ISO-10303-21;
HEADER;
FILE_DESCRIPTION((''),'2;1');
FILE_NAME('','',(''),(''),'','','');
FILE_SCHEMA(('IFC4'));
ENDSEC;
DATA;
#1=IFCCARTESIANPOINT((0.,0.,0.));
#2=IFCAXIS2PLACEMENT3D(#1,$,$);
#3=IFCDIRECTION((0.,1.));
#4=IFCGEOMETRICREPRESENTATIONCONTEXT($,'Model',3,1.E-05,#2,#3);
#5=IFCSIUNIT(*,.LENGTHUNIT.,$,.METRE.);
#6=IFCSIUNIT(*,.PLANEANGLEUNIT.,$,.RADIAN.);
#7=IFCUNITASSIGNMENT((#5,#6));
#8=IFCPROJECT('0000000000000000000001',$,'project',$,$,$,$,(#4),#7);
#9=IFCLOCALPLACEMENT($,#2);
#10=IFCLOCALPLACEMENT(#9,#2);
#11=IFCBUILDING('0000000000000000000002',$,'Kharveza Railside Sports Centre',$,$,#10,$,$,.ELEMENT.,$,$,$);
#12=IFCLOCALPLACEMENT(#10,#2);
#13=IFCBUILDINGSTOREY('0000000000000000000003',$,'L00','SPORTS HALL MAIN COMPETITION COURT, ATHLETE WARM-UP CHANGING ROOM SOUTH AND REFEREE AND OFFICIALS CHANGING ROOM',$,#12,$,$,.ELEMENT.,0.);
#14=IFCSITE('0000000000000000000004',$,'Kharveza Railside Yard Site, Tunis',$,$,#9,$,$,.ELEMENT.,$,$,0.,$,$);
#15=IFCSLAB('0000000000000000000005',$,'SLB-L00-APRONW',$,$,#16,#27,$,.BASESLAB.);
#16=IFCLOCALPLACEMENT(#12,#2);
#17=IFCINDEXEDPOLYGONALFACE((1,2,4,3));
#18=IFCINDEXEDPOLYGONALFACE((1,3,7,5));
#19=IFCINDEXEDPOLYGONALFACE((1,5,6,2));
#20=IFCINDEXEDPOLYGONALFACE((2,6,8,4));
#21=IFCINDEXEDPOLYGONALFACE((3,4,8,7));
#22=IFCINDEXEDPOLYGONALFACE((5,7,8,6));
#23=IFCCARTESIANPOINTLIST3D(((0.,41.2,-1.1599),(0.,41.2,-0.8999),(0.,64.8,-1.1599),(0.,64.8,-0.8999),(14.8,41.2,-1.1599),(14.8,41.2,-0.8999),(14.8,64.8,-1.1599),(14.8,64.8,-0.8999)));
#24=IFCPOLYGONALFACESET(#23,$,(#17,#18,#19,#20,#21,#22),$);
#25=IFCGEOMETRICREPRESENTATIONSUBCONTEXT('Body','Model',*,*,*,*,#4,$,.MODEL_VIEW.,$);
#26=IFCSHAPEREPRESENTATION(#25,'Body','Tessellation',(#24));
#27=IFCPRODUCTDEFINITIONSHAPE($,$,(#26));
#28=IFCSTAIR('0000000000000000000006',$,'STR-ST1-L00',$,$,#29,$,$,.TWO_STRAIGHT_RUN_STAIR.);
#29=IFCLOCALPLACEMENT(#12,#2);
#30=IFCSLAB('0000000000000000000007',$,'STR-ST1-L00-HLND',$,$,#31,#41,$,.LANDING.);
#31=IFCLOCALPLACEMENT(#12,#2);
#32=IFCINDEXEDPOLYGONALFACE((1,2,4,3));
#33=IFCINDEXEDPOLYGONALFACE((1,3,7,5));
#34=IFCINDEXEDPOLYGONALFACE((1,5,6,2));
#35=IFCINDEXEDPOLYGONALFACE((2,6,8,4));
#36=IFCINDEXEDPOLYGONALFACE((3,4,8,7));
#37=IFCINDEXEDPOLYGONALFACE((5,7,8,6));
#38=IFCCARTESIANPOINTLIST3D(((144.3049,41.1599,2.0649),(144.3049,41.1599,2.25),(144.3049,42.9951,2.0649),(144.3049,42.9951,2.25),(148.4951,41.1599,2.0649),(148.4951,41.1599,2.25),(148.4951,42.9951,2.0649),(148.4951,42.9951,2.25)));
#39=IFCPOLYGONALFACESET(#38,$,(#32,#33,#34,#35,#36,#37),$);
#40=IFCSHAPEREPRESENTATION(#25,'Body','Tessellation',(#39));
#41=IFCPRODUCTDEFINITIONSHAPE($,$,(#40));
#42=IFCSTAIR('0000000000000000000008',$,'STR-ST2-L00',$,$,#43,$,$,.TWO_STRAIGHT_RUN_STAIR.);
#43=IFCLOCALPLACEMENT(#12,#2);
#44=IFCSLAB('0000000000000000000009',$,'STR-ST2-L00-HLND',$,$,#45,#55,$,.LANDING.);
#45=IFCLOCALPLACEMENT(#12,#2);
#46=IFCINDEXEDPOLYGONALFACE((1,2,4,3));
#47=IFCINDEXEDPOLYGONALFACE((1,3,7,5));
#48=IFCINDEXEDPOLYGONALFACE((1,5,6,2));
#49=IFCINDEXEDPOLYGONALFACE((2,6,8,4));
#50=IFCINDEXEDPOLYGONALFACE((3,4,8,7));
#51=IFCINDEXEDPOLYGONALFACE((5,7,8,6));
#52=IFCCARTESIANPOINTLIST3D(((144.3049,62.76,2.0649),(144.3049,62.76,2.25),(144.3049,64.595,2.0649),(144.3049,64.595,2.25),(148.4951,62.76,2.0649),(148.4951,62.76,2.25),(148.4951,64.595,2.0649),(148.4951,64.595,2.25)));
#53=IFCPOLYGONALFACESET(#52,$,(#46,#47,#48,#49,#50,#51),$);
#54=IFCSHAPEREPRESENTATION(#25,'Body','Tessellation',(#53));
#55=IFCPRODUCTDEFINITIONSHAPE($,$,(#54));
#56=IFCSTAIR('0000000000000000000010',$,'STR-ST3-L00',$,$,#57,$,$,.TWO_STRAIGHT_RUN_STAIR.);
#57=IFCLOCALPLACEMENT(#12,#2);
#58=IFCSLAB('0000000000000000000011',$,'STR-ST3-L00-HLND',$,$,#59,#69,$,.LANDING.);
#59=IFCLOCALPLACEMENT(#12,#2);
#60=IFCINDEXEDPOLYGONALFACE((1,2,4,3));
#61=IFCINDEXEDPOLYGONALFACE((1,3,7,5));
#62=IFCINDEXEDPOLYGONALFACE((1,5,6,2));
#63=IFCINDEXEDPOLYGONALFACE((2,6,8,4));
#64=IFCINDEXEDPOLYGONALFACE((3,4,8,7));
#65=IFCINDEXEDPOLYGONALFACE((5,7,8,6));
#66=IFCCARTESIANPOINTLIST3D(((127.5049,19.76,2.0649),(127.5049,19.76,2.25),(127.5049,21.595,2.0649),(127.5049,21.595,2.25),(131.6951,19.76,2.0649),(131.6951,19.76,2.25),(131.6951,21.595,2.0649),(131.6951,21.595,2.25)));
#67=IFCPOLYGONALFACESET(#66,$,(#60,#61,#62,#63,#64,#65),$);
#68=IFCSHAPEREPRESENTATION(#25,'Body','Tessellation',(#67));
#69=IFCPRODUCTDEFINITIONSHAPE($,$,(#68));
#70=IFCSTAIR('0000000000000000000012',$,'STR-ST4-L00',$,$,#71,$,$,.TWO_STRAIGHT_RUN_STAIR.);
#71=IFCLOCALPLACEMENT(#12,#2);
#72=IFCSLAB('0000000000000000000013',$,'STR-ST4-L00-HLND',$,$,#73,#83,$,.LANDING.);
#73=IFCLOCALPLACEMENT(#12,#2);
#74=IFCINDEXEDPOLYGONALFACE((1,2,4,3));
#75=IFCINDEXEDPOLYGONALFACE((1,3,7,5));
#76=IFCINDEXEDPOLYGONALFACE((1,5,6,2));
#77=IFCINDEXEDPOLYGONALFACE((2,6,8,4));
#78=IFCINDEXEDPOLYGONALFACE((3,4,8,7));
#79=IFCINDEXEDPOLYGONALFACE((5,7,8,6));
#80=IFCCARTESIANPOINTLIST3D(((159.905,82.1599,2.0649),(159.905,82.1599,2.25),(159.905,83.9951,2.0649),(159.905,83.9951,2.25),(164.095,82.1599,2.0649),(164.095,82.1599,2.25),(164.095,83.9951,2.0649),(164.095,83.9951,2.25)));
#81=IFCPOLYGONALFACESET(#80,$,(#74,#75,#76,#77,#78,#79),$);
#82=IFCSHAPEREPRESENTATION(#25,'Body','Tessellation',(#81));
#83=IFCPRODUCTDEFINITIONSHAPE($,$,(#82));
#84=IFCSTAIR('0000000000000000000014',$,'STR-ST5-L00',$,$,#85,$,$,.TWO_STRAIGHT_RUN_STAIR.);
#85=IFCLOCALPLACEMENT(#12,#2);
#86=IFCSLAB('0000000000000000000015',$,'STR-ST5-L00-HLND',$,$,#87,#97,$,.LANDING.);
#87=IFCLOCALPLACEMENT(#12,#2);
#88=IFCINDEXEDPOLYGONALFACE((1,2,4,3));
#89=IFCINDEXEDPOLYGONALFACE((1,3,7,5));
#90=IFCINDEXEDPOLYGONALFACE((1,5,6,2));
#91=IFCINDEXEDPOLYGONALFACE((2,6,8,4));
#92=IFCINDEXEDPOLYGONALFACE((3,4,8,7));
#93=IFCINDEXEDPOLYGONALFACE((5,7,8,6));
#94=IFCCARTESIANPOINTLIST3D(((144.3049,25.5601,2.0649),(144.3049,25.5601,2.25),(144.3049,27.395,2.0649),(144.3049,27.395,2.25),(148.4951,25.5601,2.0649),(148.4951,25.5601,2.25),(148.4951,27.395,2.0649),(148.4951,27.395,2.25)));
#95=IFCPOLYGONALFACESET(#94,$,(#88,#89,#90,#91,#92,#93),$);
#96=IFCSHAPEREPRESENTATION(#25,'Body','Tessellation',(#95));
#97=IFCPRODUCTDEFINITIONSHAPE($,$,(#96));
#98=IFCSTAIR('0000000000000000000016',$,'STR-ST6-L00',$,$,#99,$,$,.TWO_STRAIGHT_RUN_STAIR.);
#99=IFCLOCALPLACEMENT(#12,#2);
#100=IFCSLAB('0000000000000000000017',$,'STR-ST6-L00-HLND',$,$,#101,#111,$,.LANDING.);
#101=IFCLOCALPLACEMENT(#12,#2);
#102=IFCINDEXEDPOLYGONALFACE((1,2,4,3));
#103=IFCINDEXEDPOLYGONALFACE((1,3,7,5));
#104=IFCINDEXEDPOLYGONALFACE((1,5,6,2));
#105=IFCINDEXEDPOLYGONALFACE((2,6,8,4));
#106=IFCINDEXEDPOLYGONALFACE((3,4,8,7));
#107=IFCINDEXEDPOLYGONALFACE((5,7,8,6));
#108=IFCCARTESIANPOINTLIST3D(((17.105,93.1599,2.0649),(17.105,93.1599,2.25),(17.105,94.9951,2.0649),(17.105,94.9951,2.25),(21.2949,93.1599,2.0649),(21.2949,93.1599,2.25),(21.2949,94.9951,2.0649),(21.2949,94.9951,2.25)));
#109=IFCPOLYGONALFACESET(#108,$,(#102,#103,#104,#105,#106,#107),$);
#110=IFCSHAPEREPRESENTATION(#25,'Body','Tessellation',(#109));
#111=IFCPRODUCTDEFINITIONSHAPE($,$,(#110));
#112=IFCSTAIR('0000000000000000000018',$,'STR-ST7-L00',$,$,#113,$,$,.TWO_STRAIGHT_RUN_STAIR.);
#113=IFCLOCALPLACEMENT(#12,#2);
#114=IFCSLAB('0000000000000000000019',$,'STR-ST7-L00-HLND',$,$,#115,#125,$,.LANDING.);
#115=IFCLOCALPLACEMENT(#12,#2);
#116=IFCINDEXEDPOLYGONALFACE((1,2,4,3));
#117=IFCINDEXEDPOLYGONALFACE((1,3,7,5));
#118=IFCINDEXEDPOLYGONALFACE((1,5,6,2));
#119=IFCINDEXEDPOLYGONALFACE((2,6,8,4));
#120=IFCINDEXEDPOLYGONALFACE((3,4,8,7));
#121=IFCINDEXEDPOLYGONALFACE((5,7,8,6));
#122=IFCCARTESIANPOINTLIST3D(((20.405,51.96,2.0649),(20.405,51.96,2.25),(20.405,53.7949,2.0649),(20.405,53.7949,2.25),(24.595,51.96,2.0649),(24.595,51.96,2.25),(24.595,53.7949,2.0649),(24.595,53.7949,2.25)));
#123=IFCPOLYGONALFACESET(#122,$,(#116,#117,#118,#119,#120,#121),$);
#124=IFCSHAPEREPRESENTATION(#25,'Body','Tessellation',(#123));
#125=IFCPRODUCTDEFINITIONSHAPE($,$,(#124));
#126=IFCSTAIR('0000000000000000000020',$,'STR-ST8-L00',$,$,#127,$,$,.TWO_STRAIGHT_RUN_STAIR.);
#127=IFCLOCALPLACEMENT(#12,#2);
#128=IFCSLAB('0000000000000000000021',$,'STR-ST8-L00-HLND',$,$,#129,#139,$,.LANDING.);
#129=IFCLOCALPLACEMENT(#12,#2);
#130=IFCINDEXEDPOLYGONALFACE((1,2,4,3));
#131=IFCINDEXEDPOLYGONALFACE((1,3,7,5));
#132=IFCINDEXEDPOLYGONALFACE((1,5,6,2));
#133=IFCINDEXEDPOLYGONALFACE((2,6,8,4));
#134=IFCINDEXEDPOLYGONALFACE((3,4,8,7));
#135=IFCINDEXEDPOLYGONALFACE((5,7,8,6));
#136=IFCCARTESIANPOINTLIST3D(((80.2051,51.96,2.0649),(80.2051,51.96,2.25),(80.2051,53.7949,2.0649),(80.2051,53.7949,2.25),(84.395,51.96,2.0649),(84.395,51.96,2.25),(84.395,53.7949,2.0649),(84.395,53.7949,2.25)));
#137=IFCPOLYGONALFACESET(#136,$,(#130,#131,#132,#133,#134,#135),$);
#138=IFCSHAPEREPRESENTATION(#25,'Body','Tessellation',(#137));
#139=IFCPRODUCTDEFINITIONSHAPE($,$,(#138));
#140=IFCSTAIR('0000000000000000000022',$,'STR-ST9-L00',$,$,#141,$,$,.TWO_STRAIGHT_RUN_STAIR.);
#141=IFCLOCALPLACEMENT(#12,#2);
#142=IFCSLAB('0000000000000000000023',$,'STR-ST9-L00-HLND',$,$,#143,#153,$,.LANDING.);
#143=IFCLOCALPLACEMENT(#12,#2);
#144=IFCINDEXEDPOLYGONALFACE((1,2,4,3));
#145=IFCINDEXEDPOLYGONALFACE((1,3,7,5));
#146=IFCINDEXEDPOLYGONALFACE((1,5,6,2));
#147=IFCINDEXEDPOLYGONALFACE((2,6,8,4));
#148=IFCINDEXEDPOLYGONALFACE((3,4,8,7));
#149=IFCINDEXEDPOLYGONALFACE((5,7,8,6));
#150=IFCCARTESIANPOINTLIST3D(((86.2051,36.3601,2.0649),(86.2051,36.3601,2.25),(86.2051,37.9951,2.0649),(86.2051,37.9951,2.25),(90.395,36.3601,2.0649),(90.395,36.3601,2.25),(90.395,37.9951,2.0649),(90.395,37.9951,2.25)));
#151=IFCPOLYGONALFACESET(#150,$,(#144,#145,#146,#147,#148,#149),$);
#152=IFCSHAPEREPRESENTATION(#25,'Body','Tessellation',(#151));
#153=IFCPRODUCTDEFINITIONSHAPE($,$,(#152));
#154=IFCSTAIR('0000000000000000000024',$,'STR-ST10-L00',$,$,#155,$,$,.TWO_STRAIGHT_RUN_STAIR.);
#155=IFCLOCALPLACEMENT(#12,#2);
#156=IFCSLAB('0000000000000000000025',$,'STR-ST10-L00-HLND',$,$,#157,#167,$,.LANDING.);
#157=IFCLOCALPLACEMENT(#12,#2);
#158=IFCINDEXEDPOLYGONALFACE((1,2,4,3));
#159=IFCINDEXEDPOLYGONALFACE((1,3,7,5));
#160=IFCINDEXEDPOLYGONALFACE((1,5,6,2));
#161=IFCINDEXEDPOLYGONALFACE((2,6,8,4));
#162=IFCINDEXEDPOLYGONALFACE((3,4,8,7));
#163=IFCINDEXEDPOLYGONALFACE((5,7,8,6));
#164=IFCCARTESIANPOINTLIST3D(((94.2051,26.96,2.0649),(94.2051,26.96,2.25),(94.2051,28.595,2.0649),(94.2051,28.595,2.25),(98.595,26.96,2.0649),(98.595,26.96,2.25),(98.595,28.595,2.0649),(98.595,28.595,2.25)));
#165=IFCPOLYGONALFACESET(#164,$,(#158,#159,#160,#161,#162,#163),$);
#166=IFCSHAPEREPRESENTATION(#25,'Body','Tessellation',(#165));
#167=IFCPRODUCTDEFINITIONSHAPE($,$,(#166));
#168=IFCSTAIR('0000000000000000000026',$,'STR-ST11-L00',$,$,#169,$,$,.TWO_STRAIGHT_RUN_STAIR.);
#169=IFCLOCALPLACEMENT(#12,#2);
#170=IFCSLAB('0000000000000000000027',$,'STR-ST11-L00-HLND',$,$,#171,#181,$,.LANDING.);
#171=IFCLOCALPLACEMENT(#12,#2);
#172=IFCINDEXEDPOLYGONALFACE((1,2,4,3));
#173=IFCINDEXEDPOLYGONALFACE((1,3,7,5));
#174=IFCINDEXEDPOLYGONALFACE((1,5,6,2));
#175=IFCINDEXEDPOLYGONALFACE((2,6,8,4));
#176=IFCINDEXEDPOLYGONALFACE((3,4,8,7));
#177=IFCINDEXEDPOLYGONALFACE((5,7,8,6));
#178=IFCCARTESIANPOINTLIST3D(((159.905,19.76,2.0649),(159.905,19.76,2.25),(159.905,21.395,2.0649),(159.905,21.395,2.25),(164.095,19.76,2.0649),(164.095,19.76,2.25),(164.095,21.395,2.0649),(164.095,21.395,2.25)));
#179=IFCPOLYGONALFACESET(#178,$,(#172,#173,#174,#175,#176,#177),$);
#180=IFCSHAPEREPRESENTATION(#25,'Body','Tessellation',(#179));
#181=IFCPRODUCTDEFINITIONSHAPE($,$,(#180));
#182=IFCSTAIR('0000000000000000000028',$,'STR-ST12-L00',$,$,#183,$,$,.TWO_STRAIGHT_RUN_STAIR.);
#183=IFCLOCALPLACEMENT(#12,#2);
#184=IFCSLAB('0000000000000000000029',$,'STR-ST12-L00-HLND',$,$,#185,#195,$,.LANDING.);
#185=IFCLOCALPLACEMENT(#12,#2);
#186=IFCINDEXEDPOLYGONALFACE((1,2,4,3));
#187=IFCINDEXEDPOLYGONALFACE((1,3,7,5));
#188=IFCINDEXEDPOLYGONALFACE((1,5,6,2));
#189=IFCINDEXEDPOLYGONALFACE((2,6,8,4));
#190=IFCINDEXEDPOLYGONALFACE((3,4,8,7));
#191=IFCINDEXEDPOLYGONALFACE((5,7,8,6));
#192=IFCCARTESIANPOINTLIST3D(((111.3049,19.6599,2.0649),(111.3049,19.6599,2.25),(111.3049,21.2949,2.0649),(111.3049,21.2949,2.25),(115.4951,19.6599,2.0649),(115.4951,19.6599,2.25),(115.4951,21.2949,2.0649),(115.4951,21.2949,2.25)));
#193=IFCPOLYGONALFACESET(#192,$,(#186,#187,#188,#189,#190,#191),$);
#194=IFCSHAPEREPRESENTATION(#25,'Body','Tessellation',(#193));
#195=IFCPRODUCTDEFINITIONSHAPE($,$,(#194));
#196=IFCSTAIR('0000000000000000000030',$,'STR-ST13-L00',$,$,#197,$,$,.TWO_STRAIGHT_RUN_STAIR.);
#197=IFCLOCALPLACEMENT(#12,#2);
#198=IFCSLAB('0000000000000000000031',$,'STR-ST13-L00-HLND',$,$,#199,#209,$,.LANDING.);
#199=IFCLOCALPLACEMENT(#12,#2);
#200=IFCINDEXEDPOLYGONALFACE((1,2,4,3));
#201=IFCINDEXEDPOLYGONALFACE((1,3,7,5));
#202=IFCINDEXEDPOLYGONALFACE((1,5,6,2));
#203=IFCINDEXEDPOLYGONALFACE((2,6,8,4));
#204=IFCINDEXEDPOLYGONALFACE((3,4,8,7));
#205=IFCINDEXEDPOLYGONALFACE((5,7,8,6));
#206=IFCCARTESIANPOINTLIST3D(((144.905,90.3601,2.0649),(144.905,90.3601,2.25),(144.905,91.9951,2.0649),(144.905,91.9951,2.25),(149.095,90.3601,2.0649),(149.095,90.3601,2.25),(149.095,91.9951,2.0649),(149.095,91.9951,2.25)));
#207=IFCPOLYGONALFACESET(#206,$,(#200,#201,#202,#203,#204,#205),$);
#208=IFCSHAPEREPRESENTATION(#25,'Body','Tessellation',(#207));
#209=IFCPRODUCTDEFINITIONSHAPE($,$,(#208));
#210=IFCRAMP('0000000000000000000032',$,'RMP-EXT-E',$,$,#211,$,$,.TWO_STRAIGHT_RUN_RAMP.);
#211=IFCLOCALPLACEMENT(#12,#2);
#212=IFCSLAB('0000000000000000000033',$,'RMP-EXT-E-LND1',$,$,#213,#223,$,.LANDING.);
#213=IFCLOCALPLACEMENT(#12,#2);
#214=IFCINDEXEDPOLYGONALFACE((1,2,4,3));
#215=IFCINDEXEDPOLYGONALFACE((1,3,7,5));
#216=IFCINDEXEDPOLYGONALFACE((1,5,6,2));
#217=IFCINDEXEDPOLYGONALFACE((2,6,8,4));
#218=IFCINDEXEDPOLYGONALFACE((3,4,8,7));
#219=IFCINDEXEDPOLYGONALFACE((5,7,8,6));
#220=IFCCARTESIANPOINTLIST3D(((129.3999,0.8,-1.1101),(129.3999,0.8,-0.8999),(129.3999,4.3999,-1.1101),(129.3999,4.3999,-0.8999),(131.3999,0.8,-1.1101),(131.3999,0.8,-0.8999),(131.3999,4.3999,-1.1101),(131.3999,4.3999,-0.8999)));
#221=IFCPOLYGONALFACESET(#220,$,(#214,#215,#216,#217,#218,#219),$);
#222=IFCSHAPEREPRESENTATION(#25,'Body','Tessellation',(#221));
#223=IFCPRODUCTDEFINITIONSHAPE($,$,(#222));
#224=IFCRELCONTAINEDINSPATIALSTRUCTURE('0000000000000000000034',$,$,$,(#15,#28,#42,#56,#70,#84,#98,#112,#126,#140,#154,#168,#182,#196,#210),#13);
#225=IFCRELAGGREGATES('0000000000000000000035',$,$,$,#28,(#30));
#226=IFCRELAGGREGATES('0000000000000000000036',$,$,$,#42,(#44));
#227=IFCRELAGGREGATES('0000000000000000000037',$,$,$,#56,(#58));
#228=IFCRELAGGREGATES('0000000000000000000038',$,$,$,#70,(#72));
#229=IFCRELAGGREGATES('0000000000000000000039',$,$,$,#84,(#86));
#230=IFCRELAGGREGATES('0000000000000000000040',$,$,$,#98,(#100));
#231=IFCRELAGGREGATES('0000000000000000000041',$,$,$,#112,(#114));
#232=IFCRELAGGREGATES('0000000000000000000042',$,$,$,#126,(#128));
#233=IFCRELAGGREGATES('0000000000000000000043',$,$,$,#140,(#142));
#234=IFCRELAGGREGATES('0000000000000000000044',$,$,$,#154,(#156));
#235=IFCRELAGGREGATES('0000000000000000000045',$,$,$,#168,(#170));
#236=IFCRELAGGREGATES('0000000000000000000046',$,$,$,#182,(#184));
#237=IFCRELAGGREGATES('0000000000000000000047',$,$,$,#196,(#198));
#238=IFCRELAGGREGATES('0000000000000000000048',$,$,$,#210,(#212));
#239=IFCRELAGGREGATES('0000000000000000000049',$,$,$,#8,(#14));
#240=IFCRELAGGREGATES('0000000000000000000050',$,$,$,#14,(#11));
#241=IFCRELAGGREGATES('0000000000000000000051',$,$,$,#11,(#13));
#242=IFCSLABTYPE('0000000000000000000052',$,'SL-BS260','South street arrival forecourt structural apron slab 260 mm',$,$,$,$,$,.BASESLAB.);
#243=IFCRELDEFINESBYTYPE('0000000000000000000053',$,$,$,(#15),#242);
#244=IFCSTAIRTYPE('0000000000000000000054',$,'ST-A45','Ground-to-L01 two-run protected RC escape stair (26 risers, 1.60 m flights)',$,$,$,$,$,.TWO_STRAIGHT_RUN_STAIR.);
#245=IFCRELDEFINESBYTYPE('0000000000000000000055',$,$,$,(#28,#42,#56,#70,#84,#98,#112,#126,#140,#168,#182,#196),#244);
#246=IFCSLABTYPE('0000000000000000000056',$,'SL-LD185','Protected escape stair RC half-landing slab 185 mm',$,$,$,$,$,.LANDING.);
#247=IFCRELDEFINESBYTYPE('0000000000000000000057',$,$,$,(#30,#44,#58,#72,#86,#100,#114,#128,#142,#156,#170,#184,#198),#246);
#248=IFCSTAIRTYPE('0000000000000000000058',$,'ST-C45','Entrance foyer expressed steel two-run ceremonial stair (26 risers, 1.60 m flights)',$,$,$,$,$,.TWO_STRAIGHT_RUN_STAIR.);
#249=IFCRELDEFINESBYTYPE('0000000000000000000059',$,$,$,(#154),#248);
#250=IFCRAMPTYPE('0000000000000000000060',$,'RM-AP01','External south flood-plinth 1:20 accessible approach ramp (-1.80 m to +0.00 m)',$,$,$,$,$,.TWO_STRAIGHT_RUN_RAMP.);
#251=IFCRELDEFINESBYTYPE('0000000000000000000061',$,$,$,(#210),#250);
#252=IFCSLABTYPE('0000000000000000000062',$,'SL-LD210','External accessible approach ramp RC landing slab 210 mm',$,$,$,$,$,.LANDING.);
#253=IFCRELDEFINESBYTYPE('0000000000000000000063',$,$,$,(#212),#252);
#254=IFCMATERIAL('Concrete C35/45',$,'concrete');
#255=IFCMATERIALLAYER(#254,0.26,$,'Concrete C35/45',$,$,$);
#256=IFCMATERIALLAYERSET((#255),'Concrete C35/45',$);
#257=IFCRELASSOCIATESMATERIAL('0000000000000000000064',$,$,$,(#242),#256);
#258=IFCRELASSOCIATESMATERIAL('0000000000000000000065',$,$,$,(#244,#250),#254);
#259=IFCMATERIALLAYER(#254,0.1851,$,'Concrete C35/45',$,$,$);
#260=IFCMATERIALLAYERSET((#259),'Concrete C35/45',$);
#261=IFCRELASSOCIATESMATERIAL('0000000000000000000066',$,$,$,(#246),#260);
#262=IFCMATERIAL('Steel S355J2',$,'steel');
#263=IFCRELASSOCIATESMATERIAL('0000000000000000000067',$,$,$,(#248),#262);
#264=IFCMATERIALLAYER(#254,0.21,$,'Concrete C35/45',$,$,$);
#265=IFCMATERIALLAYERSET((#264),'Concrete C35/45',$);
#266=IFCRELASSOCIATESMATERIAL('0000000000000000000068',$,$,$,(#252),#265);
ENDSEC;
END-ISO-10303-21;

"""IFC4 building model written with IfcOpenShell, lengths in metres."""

from ifc_helpers import new_model, si_unit, direction, frame, origin, place, context, subcontext, project, spatial, polyline, outline, extrude, material, layer, layer_set, type_object, element, aggregate, save


model = new_model("IFC4")

# Units and contexts
model_context = context("Model", 3, precision=1e-05, world=origin(), true_north=direction((0.0, 1.0)))
body_context = subcontext(model_context, "Body", "Model", "MODEL_VIEW")
ifc_project = project(units=[si_unit("LENGTHUNIT", "METRE"), si_unit("PLANEANGLEUNIT", "RADIAN")], contexts=[model_context])

# Site, building, storey
site_placement = place(None, origin())
site = spatial("IfcSite", under=ifc_project, at=site_placement, Name="Kharveza Railside Yard Site, Tunis", CompositionType="ELEMENT", RefElevation=0.0)
building_placement = place(site_placement, origin())
building = spatial("IfcBuilding", under=site, at=building_placement, Name="Kharveza Railside Sports Centre", CompositionType="ELEMENT")
storey_placement = place(building_placement, origin())
storey = spatial("IfcBuildingStorey", under=building, at=storey_placement, Name="L00", Description="SPORTS HALL MAIN COMPETITION COURT, ATHLETE WARM-UP CHANGING ROOM SOUTH AND REFEREE AND OFFICIALS CHANGING ROOM", CompositionType="ELEMENT", Elevation=0.0)

# Slab
ifc_material_1 = material(Name="Concrete C35/45", Category="concrete")
ifc_layer_1 = layer(ifc_material_1, 0.26, Name="Concrete C35/45")
ifc_layer_set_1 = layer_set([ifc_layer_1], Name="Concrete C35/45")
slab_type_1 = type_object("IfcSlabType", Name="SL-BS260", Description="South street arrival forecourt structural apron slab 260 mm", PredefinedType="BASESLAB", material=ifc_layer_set_1)
slab_1_placement = place(storey_placement, frame((0.0, 0.0, -1.1599)))
element("IfcSlab", 1, at=slab_1_placement, inside=storey, type_object=slab_type_1, Name="SLB-L00-APRONW", PredefinedType="BASESLAB", context=body_context, shape_type="SweptSolid", body=[
    extrude(outline(polyline([(0.0, 41.2), (14.8, 41.2), (14.8, 64.8), (0.0, 64.8), (0.0, 41.2)])), origin(), (0.0, 0.0, 1.0), 0.26),
])

# Stairs, slabs
stair_type_1 = type_object("IfcStairType", Name="ST-A45", Description="Ground-to-L01 two-run protected RC escape stair (26 risers, 1.60 m flights)", PredefinedType="TWO_STRAIGHT_RUN_STAIR", material=ifc_material_1)
stair_1_placement = place(storey_placement, origin())
stair_1 = element("IfcStair", 2, at=stair_1_placement, inside=storey, type_object=stair_type_1, Name="STR-ST1-L00", PredefinedType="TWO_STRAIGHT_RUN_STAIR")
ifc_layer_2 = layer(ifc_material_1, 0.1851, Name="Concrete C35/45")
ifc_layer_set_2 = layer_set([ifc_layer_2], Name="Concrete C35/45")
slab_type_2 = type_object("IfcSlabType", Name="SL-LD185", Description="Protected escape stair RC half-landing slab 185 mm", PredefinedType="LANDING", material=ifc_layer_set_2)
slab_2_placement = place(storey_placement, frame((0.0, 0.0, 2.0649)))
slab_2 = element("IfcSlab", 3, at=slab_2_placement, type_object=slab_type_2, Name="STR-ST1-L00-HLND", PredefinedType="LANDING", context=body_context, shape_type="SweptSolid", body=[
    extrude(outline(polyline([(144.3049, 41.1599), (148.4951, 41.1599), (148.4951, 42.9951), (144.3049, 42.9951), (144.3049, 41.1599)])), origin(), (0.0, 0.0, 1.0), 0.1851),
])
aggregate(stair_1, [slab_2])
stair_2_placement = place(storey_placement, origin())
stair_2 = element("IfcStair", 4, at=stair_2_placement, inside=storey, type_object=stair_type_1, Name="STR-ST2-L00", PredefinedType="TWO_STRAIGHT_RUN_STAIR")
slab_3_placement = place(storey_placement, frame((0.0, 0.0, 2.0649)))
slab_3 = element("IfcSlab", 5, at=slab_3_placement, type_object=slab_type_2, Name="STR-ST2-L00-HLND", PredefinedType="LANDING", context=body_context, shape_type="SweptSolid", body=[
    extrude(outline(polyline([(144.3049, 62.76), (148.4951, 62.76), (148.4951, 64.595), (144.3049, 64.595), (144.3049, 62.76)])), origin(), (0.0, 0.0, 1.0), 0.1851),
])
aggregate(stair_2, [slab_3])
stair_3_placement = place(storey_placement, origin())
stair_3 = element("IfcStair", 6, at=stair_3_placement, inside=storey, type_object=stair_type_1, Name="STR-ST3-L00", PredefinedType="TWO_STRAIGHT_RUN_STAIR")
slab_4_placement = place(storey_placement, frame((0.0, 0.0, 2.0649)))
slab_4 = element("IfcSlab", 7, at=slab_4_placement, type_object=slab_type_2, Name="STR-ST3-L00-HLND", PredefinedType="LANDING", context=body_context, shape_type="SweptSolid", body=[
    extrude(outline(polyline([(127.5049, 19.76), (131.6951, 19.76), (131.6951, 21.595), (127.5049, 21.595), (127.5049, 19.76)])), origin(), (0.0, 0.0, 1.0), 0.1851),
])
aggregate(stair_3, [slab_4])
stair_4_placement = place(storey_placement, origin())
stair_4 = element("IfcStair", 8, at=stair_4_placement, inside=storey, type_object=stair_type_1, Name="STR-ST4-L00", PredefinedType="TWO_STRAIGHT_RUN_STAIR")
slab_5_placement = place(storey_placement, frame((0.0, 0.0, 2.0649)))
slab_5 = element("IfcSlab", 9, at=slab_5_placement, type_object=slab_type_2, Name="STR-ST4-L00-HLND", PredefinedType="LANDING", context=body_context, shape_type="SweptSolid", body=[
    extrude(outline(polyline([(159.905, 82.1599), (164.095, 82.1599), (164.095, 83.9951), (159.905, 83.9951), (159.905, 82.1599)])), origin(), (0.0, 0.0, 1.0), 0.1851),
])
aggregate(stair_4, [slab_5])
stair_5_placement = place(storey_placement, origin())
stair_5 = element("IfcStair", 10, at=stair_5_placement, inside=storey, type_object=stair_type_1, Name="STR-ST5-L00", PredefinedType="TWO_STRAIGHT_RUN_STAIR")
slab_6_placement = place(storey_placement, frame((0.0, 0.0, 2.0649)))
slab_6 = element("IfcSlab", 11, at=slab_6_placement, type_object=slab_type_2, Name="STR-ST5-L00-HLND", PredefinedType="LANDING", context=body_context, shape_type="SweptSolid", body=[
    extrude(outline(polyline([(144.3049, 25.5601), (148.4951, 25.5601), (148.4951, 27.395), (144.3049, 27.395), (144.3049, 25.5601)])), origin(), (0.0, 0.0, 1.0), 0.1851),
])
aggregate(stair_5, [slab_6])
stair_6_placement = place(storey_placement, origin())
stair_6 = element("IfcStair", 12, at=stair_6_placement, inside=storey, type_object=stair_type_1, Name="STR-ST6-L00", PredefinedType="TWO_STRAIGHT_RUN_STAIR")
slab_7_placement = place(storey_placement, frame((0.0, 0.0, 2.0649)))
slab_7 = element("IfcSlab", 13, at=slab_7_placement, type_object=slab_type_2, Name="STR-ST6-L00-HLND", PredefinedType="LANDING", context=body_context, shape_type="SweptSolid", body=[
    extrude(outline(polyline([(17.105, 93.1599), (21.2949, 93.1599), (21.2949, 94.9951), (17.105, 94.9951), (17.105, 93.1599)])), origin(), (0.0, 0.0, 1.0), 0.1851),
])
aggregate(stair_6, [slab_7])
stair_7_placement = place(storey_placement, origin())
stair_7 = element("IfcStair", 14, at=stair_7_placement, inside=storey, type_object=stair_type_1, Name="STR-ST7-L00", PredefinedType="TWO_STRAIGHT_RUN_STAIR")
slab_8_placement = place(storey_placement, frame((0.0, 0.0, 2.0649)))
slab_8 = element("IfcSlab", 15, at=slab_8_placement, type_object=slab_type_2, Name="STR-ST7-L00-HLND", PredefinedType="LANDING", context=body_context, shape_type="SweptSolid", body=[
    extrude(outline(polyline([(20.405, 51.96), (24.595, 51.96), (24.595, 53.7949), (20.405, 53.7949), (20.405, 51.96)])), origin(), (0.0, 0.0, 1.0), 0.1851),
])
aggregate(stair_7, [slab_8])
stair_8_placement = place(storey_placement, origin())
stair_8 = element("IfcStair", 16, at=stair_8_placement, inside=storey, type_object=stair_type_1, Name="STR-ST8-L00", PredefinedType="TWO_STRAIGHT_RUN_STAIR")
slab_9_placement = place(storey_placement, frame((0.0, 0.0, 2.0649)))
slab_9 = element("IfcSlab", 17, at=slab_9_placement, type_object=slab_type_2, Name="STR-ST8-L00-HLND", PredefinedType="LANDING", context=body_context, shape_type="SweptSolid", body=[
    extrude(outline(polyline([(80.2051, 51.96), (84.395, 51.96), (84.395, 53.7949), (80.2051, 53.7949), (80.2051, 51.96)])), origin(), (0.0, 0.0, 1.0), 0.1851),
])
aggregate(stair_8, [slab_9])
stair_9_placement = place(storey_placement, origin())
stair_9 = element("IfcStair", 18, at=stair_9_placement, inside=storey, type_object=stair_type_1, Name="STR-ST9-L00", PredefinedType="TWO_STRAIGHT_RUN_STAIR")
slab_10_placement = place(storey_placement, frame((0.0, 0.0, 2.0649)))
slab_10 = element("IfcSlab", 19, at=slab_10_placement, type_object=slab_type_2, Name="STR-ST9-L00-HLND", PredefinedType="LANDING", context=body_context, shape_type="SweptSolid", body=[
    extrude(outline(polyline([(86.2051, 36.3601), (90.395, 36.3601), (90.395, 37.9951), (86.2051, 37.9951), (86.2051, 36.3601)])), origin(), (0.0, 0.0, 1.0), 0.1851),
])
aggregate(stair_9, [slab_10])
ifc_material_2 = material(Name="Steel S355J2", Category="steel")
stair_type_2 = type_object("IfcStairType", Name="ST-C45", Description="Entrance foyer expressed steel two-run ceremonial stair (26 risers, 1.60 m flights)", PredefinedType="TWO_STRAIGHT_RUN_STAIR", material=ifc_material_2)
stair_10_placement = place(storey_placement, origin())
stair_10 = element("IfcStair", 20, at=stair_10_placement, inside=storey, type_object=stair_type_2, Name="STR-ST10-L00", PredefinedType="TWO_STRAIGHT_RUN_STAIR")
slab_11_placement = place(storey_placement, frame((0.0, 0.0, 2.0649)))
slab_11 = element("IfcSlab", 21, at=slab_11_placement, type_object=slab_type_2, Name="STR-ST10-L00-HLND", PredefinedType="LANDING", context=body_context, shape_type="SweptSolid", body=[
    extrude(outline(polyline([(94.2051, 26.96), (98.595, 26.96), (98.595, 28.595), (94.2051, 28.595), (94.2051, 26.96)])), origin(), (0.0, 0.0, 1.0), 0.1851),
])
aggregate(stair_10, [slab_11])
stair_11_placement = place(storey_placement, origin())
stair_11 = element("IfcStair", 22, at=stair_11_placement, inside=storey, type_object=stair_type_1, Name="STR-ST11-L00", PredefinedType="TWO_STRAIGHT_RUN_STAIR")
slab_12_placement = place(storey_placement, frame((0.0, 0.0, 2.0649)))
slab_12 = element("IfcSlab", 23, at=slab_12_placement, type_object=slab_type_2, Name="STR-ST11-L00-HLND", PredefinedType="LANDING", context=body_context, shape_type="SweptSolid", body=[
    extrude(outline(polyline([(159.905, 19.76), (164.095, 19.76), (164.095, 21.395), (159.905, 21.395), (159.905, 19.76)])), origin(), (0.0, 0.0, 1.0), 0.1851),
])
aggregate(stair_11, [slab_12])
stair_12_placement = place(storey_placement, origin())
stair_12 = element("IfcStair", 24, at=stair_12_placement, inside=storey, type_object=stair_type_1, Name="STR-ST12-L00", PredefinedType="TWO_STRAIGHT_RUN_STAIR")
slab_13_placement = place(storey_placement, frame((0.0, 0.0, 2.0649)))
slab_13 = element("IfcSlab", 25, at=slab_13_placement, type_object=slab_type_2, Name="STR-ST12-L00-HLND", PredefinedType="LANDING", context=body_context, shape_type="SweptSolid", body=[
    extrude(outline(polyline([(111.3049, 19.6599), (115.4951, 19.6599), (115.4951, 21.2949), (111.3049, 21.2949), (111.3049, 19.6599)])), origin(), (0.0, 0.0, 1.0), 0.1851),
])
aggregate(stair_12, [slab_13])
stair_13_placement = place(storey_placement, origin())
stair_13 = element("IfcStair", 26, at=stair_13_placement, inside=storey, type_object=stair_type_1, Name="STR-ST13-L00", PredefinedType="TWO_STRAIGHT_RUN_STAIR")
slab_14_placement = place(storey_placement, frame((0.0, 0.0, 2.0649)))
slab_14 = element("IfcSlab", 27, at=slab_14_placement, type_object=slab_type_2, Name="STR-ST13-L00-HLND", PredefinedType="LANDING", context=body_context, shape_type="SweptSolid", body=[
    extrude(outline(polyline([(144.905, 90.3601), (149.095, 90.3601), (149.095, 91.9951), (144.905, 91.9951), (144.905, 90.3601)])), origin(), (0.0, 0.0, 1.0), 0.1851),
])
aggregate(stair_13, [slab_14])

# Ramp, slab
ramp_type_1 = type_object("IfcRampType", Name="RM-AP01", Description="External south flood-plinth 1:20 accessible approach ramp (-1.80 m to +0.00 m)", PredefinedType="TWO_STRAIGHT_RUN_RAMP", material=ifc_material_1)
ramp_1_placement = place(storey_placement, origin())
ramp_1 = element("IfcRamp", 28, at=ramp_1_placement, inside=storey, type_object=ramp_type_1, Name="RMP-EXT-E", PredefinedType="TWO_STRAIGHT_RUN_RAMP")
ifc_layer_3 = layer(ifc_material_1, 0.21, Name="Concrete C35/45")
ifc_layer_set_3 = layer_set([ifc_layer_3], Name="Concrete C35/45")
slab_type_3 = type_object("IfcSlabType", Name="SL-LD210", Description="External accessible approach ramp RC landing slab 210 mm", PredefinedType="LANDING", material=ifc_layer_set_3)
slab_15_placement = place(storey_placement, frame((0.0, 0.0, -1.1101)))
slab_15 = element("IfcSlab", 29, at=slab_15_placement, type_object=slab_type_3, Name="RMP-EXT-E-LND1", PredefinedType="LANDING", context=body_context, shape_type="SweptSolid", body=[
    extrude(outline(polyline([(129.3999, 0.8), (131.3999, 0.8), (131.3999, 4.3999), (129.3999, 4.3999), (129.3999, 0.8)])), origin(), (0.0, 0.0, 1.0), 0.2102),
])
aggregate(ramp_1, [slab_15])

save(model, "model.ifc")
